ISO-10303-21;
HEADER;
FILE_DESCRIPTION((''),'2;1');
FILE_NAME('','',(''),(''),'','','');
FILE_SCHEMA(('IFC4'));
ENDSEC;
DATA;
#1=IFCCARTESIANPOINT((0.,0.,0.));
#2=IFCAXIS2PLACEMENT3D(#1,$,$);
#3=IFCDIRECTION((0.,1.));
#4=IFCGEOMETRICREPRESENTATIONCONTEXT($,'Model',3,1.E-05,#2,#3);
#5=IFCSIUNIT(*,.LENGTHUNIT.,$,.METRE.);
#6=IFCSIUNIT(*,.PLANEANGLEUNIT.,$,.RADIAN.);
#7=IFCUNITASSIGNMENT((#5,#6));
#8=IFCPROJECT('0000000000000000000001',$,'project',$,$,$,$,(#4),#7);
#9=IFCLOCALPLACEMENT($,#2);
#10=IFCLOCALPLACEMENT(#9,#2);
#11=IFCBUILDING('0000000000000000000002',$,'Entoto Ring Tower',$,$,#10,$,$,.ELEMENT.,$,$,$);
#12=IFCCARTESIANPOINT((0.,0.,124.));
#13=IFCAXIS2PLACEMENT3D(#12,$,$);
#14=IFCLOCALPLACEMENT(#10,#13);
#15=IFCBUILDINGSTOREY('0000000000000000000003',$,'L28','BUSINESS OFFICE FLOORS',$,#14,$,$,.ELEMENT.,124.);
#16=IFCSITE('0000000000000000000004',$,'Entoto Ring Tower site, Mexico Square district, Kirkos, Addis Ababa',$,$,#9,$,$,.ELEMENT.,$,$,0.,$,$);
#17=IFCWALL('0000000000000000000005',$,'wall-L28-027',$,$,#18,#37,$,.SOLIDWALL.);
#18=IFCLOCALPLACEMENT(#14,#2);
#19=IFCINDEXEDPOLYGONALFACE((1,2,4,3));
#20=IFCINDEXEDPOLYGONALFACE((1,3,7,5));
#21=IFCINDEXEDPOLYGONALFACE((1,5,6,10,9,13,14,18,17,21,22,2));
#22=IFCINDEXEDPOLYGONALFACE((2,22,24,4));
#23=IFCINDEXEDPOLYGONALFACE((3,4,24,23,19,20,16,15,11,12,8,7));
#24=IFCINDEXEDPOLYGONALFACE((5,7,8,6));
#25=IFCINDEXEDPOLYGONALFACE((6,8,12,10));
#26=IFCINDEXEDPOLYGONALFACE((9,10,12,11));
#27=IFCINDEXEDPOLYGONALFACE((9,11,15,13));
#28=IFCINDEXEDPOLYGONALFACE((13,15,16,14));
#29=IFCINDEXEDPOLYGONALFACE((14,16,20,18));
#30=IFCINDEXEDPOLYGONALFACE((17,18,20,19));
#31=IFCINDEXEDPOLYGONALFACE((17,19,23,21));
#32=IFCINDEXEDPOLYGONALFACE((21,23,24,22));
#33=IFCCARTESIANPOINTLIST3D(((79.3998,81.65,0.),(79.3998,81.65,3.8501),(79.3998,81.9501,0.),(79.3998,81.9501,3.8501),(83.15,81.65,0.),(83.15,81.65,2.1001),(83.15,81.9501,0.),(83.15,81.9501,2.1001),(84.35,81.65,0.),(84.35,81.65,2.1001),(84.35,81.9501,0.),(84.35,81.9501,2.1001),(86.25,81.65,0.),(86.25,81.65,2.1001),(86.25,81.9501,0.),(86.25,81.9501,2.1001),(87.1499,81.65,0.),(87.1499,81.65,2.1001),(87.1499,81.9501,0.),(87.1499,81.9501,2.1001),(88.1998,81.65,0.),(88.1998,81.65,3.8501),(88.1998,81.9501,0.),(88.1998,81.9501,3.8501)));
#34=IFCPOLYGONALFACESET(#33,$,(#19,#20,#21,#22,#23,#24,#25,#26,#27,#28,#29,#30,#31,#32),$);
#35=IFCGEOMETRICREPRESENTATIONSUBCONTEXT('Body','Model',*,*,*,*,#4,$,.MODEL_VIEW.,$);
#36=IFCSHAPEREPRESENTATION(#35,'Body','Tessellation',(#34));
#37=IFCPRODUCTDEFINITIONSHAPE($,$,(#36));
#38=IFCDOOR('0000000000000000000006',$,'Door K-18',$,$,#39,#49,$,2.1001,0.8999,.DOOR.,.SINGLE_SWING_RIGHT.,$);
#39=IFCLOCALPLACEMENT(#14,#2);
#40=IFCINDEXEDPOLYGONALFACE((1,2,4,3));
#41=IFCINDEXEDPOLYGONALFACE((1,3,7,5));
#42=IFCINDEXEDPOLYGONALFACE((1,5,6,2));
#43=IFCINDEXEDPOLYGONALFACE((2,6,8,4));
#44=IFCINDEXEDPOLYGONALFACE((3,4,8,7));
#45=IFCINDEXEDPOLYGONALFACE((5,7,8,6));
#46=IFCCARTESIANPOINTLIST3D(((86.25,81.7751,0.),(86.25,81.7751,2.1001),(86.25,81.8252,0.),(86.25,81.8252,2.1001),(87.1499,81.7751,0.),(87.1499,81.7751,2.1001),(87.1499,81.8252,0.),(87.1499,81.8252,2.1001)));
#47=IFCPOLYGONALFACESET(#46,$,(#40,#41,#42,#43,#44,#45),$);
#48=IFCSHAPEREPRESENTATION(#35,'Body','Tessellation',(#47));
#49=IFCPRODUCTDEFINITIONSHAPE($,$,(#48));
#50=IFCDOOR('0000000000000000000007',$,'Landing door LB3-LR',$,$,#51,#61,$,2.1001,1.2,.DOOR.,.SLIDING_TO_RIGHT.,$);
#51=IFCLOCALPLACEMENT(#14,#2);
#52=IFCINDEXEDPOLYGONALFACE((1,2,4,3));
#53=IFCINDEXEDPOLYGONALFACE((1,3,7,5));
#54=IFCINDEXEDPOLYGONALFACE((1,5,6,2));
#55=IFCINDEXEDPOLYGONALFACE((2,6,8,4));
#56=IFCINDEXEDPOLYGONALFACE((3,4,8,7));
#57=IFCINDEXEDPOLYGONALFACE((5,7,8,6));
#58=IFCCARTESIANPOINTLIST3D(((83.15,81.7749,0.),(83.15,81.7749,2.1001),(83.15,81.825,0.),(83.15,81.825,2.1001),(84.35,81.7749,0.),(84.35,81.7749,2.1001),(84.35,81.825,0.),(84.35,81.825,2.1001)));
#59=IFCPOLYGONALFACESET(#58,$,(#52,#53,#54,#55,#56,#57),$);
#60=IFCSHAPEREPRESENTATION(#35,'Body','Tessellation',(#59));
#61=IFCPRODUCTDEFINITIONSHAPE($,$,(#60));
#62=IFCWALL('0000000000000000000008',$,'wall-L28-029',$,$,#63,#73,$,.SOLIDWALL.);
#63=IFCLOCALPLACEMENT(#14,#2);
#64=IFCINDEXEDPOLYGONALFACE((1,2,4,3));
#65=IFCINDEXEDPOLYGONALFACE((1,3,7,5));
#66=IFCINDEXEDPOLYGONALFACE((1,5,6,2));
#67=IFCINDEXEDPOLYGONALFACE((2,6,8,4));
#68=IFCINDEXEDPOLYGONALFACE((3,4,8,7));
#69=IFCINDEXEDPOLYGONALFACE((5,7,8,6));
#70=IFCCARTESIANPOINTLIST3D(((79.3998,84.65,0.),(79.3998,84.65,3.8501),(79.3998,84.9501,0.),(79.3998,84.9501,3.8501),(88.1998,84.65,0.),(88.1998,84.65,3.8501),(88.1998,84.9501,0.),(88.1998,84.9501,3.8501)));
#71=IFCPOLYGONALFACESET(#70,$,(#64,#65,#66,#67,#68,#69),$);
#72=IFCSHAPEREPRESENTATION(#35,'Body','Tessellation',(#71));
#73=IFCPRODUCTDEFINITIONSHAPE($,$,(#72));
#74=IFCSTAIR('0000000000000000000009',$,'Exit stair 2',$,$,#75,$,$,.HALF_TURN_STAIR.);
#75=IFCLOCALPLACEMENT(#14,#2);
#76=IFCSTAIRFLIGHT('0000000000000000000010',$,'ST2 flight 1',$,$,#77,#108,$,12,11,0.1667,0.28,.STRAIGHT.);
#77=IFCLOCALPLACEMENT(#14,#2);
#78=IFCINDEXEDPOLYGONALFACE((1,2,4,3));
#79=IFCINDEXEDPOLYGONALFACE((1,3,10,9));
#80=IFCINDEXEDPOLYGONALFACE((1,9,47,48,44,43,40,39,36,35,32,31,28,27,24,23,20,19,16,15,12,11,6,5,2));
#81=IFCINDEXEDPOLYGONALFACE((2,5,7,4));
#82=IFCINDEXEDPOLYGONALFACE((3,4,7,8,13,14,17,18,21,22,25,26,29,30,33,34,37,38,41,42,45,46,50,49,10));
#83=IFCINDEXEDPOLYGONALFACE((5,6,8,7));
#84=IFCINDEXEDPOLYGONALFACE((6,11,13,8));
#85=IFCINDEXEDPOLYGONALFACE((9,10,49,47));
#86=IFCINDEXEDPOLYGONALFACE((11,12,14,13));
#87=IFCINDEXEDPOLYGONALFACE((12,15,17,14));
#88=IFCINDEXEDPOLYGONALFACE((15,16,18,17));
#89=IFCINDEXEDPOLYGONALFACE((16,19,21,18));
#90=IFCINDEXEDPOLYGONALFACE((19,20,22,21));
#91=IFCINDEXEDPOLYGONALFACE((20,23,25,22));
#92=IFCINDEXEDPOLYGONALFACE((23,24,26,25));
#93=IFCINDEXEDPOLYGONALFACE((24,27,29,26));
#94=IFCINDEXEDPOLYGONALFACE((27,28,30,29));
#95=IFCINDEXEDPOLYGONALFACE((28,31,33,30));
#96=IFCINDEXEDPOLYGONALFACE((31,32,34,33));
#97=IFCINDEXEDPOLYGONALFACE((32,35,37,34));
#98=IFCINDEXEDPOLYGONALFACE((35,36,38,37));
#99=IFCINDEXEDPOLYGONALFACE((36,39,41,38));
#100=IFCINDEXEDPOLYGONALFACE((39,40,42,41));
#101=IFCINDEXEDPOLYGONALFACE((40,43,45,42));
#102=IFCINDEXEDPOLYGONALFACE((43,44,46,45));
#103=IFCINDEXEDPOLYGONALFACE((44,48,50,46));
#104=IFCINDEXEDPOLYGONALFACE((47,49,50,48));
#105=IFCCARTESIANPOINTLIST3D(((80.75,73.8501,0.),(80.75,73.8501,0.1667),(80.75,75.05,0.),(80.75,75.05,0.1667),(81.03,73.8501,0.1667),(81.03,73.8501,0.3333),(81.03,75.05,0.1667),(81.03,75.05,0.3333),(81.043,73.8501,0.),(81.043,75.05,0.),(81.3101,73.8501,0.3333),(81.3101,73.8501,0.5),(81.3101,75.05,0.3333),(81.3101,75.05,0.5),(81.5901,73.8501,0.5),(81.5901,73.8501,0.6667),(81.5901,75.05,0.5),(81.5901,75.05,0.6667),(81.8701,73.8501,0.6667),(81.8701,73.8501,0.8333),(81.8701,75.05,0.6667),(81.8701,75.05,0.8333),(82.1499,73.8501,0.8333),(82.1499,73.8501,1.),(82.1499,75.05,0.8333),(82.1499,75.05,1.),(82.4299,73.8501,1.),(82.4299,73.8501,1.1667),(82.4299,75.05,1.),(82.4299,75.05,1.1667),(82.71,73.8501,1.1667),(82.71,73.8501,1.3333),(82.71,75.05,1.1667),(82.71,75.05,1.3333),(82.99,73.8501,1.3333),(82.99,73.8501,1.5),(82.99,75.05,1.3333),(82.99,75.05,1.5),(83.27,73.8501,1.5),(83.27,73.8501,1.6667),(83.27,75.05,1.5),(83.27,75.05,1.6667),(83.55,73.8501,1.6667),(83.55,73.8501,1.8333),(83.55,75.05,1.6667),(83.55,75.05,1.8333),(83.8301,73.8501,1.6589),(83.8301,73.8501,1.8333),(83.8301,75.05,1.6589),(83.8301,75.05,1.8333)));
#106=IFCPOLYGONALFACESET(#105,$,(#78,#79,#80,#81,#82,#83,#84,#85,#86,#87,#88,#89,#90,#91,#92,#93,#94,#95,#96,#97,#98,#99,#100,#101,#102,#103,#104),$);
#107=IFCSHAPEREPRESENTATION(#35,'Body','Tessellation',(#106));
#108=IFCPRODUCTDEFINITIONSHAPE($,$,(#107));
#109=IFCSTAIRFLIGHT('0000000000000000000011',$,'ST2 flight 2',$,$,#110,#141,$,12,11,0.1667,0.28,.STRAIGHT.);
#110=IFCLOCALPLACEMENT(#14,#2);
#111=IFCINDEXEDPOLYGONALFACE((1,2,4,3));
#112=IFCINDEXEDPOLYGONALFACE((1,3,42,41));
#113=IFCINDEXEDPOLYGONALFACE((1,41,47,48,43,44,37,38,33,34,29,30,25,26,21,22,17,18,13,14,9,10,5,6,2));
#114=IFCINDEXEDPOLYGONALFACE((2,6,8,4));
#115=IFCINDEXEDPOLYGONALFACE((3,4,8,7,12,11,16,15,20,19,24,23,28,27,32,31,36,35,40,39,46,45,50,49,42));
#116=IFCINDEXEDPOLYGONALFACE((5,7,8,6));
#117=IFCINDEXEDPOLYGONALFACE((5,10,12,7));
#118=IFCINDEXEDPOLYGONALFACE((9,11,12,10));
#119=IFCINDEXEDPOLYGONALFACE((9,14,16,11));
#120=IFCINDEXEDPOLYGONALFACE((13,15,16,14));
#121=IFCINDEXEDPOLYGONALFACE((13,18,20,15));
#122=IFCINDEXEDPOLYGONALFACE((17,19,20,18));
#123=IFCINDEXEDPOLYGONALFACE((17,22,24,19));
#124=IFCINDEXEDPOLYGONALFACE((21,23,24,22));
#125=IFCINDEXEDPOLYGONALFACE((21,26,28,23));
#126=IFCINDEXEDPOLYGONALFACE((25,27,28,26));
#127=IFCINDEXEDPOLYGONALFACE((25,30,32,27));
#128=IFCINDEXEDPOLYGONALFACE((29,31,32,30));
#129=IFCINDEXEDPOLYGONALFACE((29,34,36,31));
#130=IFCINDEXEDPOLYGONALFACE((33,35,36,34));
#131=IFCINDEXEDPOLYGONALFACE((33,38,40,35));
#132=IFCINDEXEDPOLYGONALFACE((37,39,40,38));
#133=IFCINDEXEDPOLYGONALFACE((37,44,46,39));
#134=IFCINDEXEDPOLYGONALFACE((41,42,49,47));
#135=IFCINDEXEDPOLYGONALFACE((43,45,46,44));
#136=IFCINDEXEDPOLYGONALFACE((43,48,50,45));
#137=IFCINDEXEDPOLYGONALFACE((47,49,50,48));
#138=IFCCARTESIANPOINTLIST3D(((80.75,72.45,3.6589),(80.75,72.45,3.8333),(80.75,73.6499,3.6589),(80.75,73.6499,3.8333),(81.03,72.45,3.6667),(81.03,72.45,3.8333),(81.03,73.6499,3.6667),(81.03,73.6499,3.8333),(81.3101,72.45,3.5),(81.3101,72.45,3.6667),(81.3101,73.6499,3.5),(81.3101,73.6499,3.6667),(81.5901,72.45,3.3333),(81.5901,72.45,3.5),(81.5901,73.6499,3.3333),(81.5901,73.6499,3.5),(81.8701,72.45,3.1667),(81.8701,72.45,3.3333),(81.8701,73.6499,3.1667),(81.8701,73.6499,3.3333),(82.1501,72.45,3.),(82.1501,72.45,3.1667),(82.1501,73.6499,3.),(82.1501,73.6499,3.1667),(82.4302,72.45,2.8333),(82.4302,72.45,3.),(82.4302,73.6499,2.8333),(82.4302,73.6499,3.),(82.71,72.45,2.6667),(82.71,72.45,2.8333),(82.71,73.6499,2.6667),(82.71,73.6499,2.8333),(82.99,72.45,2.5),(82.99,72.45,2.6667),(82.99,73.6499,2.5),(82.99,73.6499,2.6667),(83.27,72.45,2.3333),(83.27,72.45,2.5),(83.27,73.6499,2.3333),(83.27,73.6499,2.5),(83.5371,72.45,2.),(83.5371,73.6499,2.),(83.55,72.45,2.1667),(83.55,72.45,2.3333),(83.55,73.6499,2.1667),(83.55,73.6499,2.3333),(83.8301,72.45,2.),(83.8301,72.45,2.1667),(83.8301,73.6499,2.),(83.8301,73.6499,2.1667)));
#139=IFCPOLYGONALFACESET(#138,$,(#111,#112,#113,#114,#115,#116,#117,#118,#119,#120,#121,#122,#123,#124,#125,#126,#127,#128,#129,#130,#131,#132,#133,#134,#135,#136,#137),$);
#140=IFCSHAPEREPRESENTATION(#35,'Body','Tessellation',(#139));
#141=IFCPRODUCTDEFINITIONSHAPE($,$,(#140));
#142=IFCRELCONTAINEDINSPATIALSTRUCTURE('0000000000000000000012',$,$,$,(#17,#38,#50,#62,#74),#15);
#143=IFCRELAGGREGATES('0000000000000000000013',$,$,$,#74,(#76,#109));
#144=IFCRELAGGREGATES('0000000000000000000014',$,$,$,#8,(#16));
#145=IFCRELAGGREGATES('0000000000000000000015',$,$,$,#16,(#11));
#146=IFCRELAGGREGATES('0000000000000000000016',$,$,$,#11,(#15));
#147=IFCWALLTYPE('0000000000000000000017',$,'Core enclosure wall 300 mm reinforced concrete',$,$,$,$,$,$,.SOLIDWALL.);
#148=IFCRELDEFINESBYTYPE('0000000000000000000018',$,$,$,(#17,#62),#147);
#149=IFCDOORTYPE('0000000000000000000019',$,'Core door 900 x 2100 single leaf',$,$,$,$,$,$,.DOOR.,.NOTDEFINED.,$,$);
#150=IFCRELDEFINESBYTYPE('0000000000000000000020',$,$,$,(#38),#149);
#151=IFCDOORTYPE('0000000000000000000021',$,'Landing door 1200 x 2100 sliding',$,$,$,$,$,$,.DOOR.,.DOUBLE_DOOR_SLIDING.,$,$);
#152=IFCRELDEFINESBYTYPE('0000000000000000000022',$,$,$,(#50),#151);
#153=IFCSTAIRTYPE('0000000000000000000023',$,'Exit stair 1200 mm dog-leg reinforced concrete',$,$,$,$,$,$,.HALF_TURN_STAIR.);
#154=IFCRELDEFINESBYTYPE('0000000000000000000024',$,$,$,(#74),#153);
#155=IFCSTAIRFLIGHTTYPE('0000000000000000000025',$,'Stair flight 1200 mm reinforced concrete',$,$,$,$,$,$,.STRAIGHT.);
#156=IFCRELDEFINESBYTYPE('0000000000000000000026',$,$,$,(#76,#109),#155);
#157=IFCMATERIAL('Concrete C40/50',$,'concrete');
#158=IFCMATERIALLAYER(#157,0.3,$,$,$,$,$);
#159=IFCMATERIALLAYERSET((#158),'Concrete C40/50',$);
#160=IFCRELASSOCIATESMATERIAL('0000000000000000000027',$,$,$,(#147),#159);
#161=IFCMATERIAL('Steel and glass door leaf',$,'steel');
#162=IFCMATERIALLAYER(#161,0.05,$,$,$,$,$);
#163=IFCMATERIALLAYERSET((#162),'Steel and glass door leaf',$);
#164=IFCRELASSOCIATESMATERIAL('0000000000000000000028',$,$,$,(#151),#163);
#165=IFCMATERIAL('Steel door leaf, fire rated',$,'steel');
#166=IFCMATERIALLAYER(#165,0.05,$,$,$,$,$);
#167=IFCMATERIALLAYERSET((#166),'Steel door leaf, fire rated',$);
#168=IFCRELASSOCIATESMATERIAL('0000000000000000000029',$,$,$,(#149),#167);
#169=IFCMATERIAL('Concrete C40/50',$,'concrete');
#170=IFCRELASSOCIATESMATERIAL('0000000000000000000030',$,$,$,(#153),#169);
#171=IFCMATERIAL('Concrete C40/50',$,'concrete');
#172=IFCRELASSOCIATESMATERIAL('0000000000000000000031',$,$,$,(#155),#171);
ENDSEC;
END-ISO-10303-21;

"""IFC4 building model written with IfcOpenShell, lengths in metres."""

from ifc_helpers import new_model, si_unit, direction, frame, frame_2d, origin, place, context, subcontext, project, spatial, polyline, rectangle, outline, extrude, material, layer, layer_set, type_object, element, fill, aggregate, save


model = new_model("IFC4")

# Units and contexts
model_context = context("Model", 3, precision=1e-05, world=origin(), true_north=direction((0.0, 1.0)))
body_context = subcontext(model_context, "Body", "Model", "MODEL_VIEW")
ifc_project = project(units=[si_unit("LENGTHUNIT", "METRE"), si_unit("PLANEANGLEUNIT", "RADIAN")], contexts=[model_context])

# Site, building, storey
site_placement = place(None, origin())
site = spatial("IfcSite", under=ifc_project, at=site_placement, Name="Entoto Ring Tower site, Mexico Square district, Kirkos, Addis Ababa", CompositionType="ELEMENT", RefElevation=0.0)
building_placement = place(site_placement, origin())
building = spatial("IfcBuilding", under=site, at=building_placement, Name="Entoto Ring Tower", CompositionType="ELEMENT")
storey_placement = place(building_placement, frame((0.0, 0.0, 124.0)))
storey = spatial("IfcBuildingStorey", under=building, at=storey_placement, Name="L28", Description="BUSINESS OFFICE FLOORS", CompositionType="ELEMENT", Elevation=124.0)

# Shared definitions
ifc_material_1 = material(Name="Concrete C40/50", Category="concrete")
ifc_layer_1 = layer(ifc_material_1, 0.3)
ifc_layer_set_1 = layer_set([ifc_layer_1], Name="Concrete C40/50")
wall_type = type_object("IfcWallType", Name="Core enclosure wall 300 mm reinforced concrete", PredefinedType="SOLIDWALL", material=ifc_layer_set_1)
ifc_material_2 = material(Name="Steel and glass door leaf", Category="steel")
ifc_layer_2 = layer(ifc_material_2, 0.05)
ifc_layer_set_2 = layer_set([ifc_layer_2], Name="Steel and glass door leaf")
door_type_1 = type_object("IfcDoorType", Name="Landing door 1200 x 2100 sliding", OperationType="DOUBLE_DOOR_SLIDING", PredefinedType="DOOR", material=ifc_layer_set_2)

# Wall, openings, doors
wall_1_placement = place(storey_placement, frame((79.3999, 81.8, 0.0), z_axis=(0.0, 0.0, 1.0), x_axis=(1.0, 0.0, 0.0)))
wall_1 = element("IfcWall", 1, at=wall_1_placement, inside=storey, type_object=wall_type, Name="wall-L28-027", PredefinedType="SOLIDWALL", context=body_context, shape_type="SweptSolid", body=[
    extrude(rectangle(XDim=8.8, YDim=0.3, at=frame_2d((4.3999, 0.0))), origin(), (0.0, 0.0, 1.0), 3.8501),
])
opening_1_placement = place(wall_1_placement, frame((3.75, 0.0, 0.0)))
opening_1 = element("IfcOpeningElement", 2, at=opening_1_placement, cuts=wall_1, PredefinedType="OPENING", context=body_context, shape_type="SweptSolid", body=[
    extrude(rectangle(XDim=1.2, YDim=2.1001, at=frame_2d((0.6001, 1.05))), frame((0.0, 0.1602, 0.0), z_axis=(0.0, -1.0, 0.0), x_axis=(1.0, 0.0, 0.0)), (0.0, 0.0, 1.0), 0.3201),
])
opening_2_placement = place(wall_1_placement, frame((6.8501, 0.0, 0.0)))
opening_2 = element("IfcOpeningElement", 3, at=opening_2_placement, cuts=wall_1, PredefinedType="OPENING", context=body_context, shape_type="SweptSolid", body=[
    extrude(rectangle(XDim=0.8999, YDim=2.1001, at=frame_2d((0.45, 1.05))), frame((0.0, 0.1602, 0.0), z_axis=(0.0, -1.0, 0.0), x_axis=(1.0, 0.0, 0.0)), (0.0, 0.0, 1.0), 0.3201),
])
ifc_material_3 = material(Name="Steel door leaf, fire rated", Category="steel")
ifc_layer_3 = layer(ifc_material_3, 0.05)
ifc_layer_set_3 = layer_set([ifc_layer_3], Name="Steel door leaf, fire rated")
door_type_2 = type_object("IfcDoorType", Name="Core door 900 x 2100 single leaf", OperationType="NOTDEFINED", PredefinedType="DOOR", material=ifc_layer_set_3)
door_1_placement = place(opening_2_placement, frame((0.8999, 0.0, 0.0), z_axis=(0.0, 0.0, 1.0), x_axis=(-1.0, 0.0, 0.0)))
door_1 = element("IfcDoor", 4, at=door_1_placement, inside=storey, type_object=door_type_2, Name="Door K-18", OperationType="SINGLE_SWING_RIGHT", OverallHeight=2.1001, OverallWidth=0.8999, PredefinedType="DOOR", context=body_context, shape_type="SweptSolid", body=[
    extrude(rectangle(XDim=0.8999, YDim=2.1001, at=frame_2d((0.45, 1.05))), frame((0.0, 0.0249, 0.0), z_axis=(0.0, -1.0, 0.0), x_axis=(1.0, 0.0, 0.0)), (0.0, 0.0, 1.0), 0.05),
])
fill(opening_2, door_1)
door_2_placement = place(opening_1_placement, origin())
door_2 = element("IfcDoor", 5, at=door_2_placement, inside=storey, type_object=door_type_1, Name="Landing door LB3-LR", OperationType="SLIDING_TO_RIGHT", OverallHeight=2.1001, OverallWidth=1.2, PredefinedType="DOOR", context=body_context, shape_type="SweptSolid", body=[
    extrude(rectangle(XDim=1.2, YDim=2.1001, at=frame_2d((0.6001, 1.05))), frame((0.0, 0.0249, 0.0), z_axis=(0.0, -1.0, 0.0), x_axis=(1.0, 0.0, 0.0)), (0.0, 0.0, 1.0), 0.05),
])
fill(opening_1, door_2)

# Wall
wall_2_placement = place(storey_placement, frame((79.3999, 84.8, 0.0), z_axis=(0.0, 0.0, 1.0), x_axis=(1.0, 0.0, 0.0)))
element("IfcWall", 6, at=wall_2_placement, inside=storey, type_object=wall_type, Name="wall-L28-029", PredefinedType="SOLIDWALL", context=body_context, shape_type="SweptSolid", body=[
    extrude(rectangle(XDim=8.8, YDim=0.3, at=frame_2d((4.3999, 0.0))), origin(), (0.0, 0.0, 1.0), 3.8501),
])

# Stair, stair flights
ifc_material_4 = material(Name="Concrete C40/50", Category="concrete")
stair_type = type_object("IfcStairType", Name="Exit stair 1200 mm dog-leg reinforced concrete", PredefinedType="HALF_TURN_STAIR", material=ifc_material_4)
stair_placement = place(storey_placement, origin())
stair = element("IfcStair", 7, at=stair_placement, inside=storey, type_object=stair_type, Name="Exit stair 2", PredefinedType="HALF_TURN_STAIR")
ifc_material_5 = material(Name="Concrete C40/50", Category="concrete")
stair_flight_type = type_object("IfcStairFlightType", Name="Stair flight 1200 mm reinforced concrete", PredefinedType="STRAIGHT", material=ifc_material_5)
stair_flight_1_placement = place(storey_placement, frame((80.75, 74.45, 0.0), z_axis=(0.0, 0.0, 1.0), x_axis=(1.0, 0.0, 0.0)))
stair_flight_1 = element("IfcStairFlight", 8, at=stair_flight_1_placement, type_object=stair_flight_type, Name="ST2 flight 1", NumberOfRisers=12, NumberOfTreads=11, PredefinedType="STRAIGHT", RiserHeight=0.1667, TreadLength=0.28, context=body_context, shape_type="SweptSolid", body=[
    extrude(outline(polyline([(0.0, 0.0), (0.0, 0.1667), (0.28, 0.1667), (0.28, 0.3333), (0.5601, 0.3333), (0.5601, 0.5), (0.8401, 0.5), (0.8401, 0.6667), (1.1201, 0.6667), (1.1201, 0.8333), (1.3999, 0.8333), (1.3999, 1.0), (1.6799, 1.0), (1.6799, 1.1667), (1.96, 1.1667), (1.96, 1.3333), (2.24, 1.3333), (2.24, 1.5), (2.52, 1.5), (2.52, 1.6667), (2.8, 1.6667), (2.8, 1.8333), (3.0801, 1.8333), (3.0801, 2.0), (3.0801, 1.6589), (0.293, 0.0), (0.0, 0.0)])), frame((0.0, 0.6001, 0.0), z_axis=(0.0, -1.0, 0.0), x_axis=(1.0, 0.0, 0.0)), (0.0, 0.0, 1.0), 1.2),
])
stair_flight_2_placement = place(storey_placement, frame((83.8301, 73.05, 2.0), z_axis=(0.0, 0.0, 1.0), x_axis=(-1.0, 0.0, 0.0)))
stair_flight_2 = element("IfcStairFlight", 9, at=stair_flight_2_placement, type_object=stair_flight_type, Name="ST2 flight 2", NumberOfRisers=12, NumberOfTreads=11, PredefinedType="STRAIGHT", RiserHeight=0.1667, TreadLength=0.28, context=body_context, shape_type="SweptSolid", body=[
    extrude(outline(polyline([(0.0, 0.0), (0.0, 0.1667), (0.28, 0.1667), (0.28, 0.3333), (0.5601, 0.3333), (0.5601, 0.5), (0.8401, 0.5), (0.8401, 0.6667), (1.1201, 0.6667), (1.1201, 0.8333), (1.3999, 0.8333), (1.3999, 1.0), (1.6799, 1.0), (1.6799, 1.1667), (1.96, 1.1667), (1.96, 1.3333), (2.24, 1.3333), (2.24, 1.5), (2.52, 1.5), (2.52, 1.6667), (2.8, 1.6667), (2.8, 1.8333), (3.0801, 1.8333), (3.0801, 2.0), (3.0801, 1.6589), (0.293, 0.0), (0.0, 0.0)])), frame((0.0, 0.6001, 0.0), z_axis=(0.0, -1.0, 0.0), x_axis=(1.0, 0.0, 0.0)), (0.0, 0.0, 1.0), 1.2),
])
aggregate(stair, [stair_flight_1, stair_flight_2])

save(model, "model.ifc")
